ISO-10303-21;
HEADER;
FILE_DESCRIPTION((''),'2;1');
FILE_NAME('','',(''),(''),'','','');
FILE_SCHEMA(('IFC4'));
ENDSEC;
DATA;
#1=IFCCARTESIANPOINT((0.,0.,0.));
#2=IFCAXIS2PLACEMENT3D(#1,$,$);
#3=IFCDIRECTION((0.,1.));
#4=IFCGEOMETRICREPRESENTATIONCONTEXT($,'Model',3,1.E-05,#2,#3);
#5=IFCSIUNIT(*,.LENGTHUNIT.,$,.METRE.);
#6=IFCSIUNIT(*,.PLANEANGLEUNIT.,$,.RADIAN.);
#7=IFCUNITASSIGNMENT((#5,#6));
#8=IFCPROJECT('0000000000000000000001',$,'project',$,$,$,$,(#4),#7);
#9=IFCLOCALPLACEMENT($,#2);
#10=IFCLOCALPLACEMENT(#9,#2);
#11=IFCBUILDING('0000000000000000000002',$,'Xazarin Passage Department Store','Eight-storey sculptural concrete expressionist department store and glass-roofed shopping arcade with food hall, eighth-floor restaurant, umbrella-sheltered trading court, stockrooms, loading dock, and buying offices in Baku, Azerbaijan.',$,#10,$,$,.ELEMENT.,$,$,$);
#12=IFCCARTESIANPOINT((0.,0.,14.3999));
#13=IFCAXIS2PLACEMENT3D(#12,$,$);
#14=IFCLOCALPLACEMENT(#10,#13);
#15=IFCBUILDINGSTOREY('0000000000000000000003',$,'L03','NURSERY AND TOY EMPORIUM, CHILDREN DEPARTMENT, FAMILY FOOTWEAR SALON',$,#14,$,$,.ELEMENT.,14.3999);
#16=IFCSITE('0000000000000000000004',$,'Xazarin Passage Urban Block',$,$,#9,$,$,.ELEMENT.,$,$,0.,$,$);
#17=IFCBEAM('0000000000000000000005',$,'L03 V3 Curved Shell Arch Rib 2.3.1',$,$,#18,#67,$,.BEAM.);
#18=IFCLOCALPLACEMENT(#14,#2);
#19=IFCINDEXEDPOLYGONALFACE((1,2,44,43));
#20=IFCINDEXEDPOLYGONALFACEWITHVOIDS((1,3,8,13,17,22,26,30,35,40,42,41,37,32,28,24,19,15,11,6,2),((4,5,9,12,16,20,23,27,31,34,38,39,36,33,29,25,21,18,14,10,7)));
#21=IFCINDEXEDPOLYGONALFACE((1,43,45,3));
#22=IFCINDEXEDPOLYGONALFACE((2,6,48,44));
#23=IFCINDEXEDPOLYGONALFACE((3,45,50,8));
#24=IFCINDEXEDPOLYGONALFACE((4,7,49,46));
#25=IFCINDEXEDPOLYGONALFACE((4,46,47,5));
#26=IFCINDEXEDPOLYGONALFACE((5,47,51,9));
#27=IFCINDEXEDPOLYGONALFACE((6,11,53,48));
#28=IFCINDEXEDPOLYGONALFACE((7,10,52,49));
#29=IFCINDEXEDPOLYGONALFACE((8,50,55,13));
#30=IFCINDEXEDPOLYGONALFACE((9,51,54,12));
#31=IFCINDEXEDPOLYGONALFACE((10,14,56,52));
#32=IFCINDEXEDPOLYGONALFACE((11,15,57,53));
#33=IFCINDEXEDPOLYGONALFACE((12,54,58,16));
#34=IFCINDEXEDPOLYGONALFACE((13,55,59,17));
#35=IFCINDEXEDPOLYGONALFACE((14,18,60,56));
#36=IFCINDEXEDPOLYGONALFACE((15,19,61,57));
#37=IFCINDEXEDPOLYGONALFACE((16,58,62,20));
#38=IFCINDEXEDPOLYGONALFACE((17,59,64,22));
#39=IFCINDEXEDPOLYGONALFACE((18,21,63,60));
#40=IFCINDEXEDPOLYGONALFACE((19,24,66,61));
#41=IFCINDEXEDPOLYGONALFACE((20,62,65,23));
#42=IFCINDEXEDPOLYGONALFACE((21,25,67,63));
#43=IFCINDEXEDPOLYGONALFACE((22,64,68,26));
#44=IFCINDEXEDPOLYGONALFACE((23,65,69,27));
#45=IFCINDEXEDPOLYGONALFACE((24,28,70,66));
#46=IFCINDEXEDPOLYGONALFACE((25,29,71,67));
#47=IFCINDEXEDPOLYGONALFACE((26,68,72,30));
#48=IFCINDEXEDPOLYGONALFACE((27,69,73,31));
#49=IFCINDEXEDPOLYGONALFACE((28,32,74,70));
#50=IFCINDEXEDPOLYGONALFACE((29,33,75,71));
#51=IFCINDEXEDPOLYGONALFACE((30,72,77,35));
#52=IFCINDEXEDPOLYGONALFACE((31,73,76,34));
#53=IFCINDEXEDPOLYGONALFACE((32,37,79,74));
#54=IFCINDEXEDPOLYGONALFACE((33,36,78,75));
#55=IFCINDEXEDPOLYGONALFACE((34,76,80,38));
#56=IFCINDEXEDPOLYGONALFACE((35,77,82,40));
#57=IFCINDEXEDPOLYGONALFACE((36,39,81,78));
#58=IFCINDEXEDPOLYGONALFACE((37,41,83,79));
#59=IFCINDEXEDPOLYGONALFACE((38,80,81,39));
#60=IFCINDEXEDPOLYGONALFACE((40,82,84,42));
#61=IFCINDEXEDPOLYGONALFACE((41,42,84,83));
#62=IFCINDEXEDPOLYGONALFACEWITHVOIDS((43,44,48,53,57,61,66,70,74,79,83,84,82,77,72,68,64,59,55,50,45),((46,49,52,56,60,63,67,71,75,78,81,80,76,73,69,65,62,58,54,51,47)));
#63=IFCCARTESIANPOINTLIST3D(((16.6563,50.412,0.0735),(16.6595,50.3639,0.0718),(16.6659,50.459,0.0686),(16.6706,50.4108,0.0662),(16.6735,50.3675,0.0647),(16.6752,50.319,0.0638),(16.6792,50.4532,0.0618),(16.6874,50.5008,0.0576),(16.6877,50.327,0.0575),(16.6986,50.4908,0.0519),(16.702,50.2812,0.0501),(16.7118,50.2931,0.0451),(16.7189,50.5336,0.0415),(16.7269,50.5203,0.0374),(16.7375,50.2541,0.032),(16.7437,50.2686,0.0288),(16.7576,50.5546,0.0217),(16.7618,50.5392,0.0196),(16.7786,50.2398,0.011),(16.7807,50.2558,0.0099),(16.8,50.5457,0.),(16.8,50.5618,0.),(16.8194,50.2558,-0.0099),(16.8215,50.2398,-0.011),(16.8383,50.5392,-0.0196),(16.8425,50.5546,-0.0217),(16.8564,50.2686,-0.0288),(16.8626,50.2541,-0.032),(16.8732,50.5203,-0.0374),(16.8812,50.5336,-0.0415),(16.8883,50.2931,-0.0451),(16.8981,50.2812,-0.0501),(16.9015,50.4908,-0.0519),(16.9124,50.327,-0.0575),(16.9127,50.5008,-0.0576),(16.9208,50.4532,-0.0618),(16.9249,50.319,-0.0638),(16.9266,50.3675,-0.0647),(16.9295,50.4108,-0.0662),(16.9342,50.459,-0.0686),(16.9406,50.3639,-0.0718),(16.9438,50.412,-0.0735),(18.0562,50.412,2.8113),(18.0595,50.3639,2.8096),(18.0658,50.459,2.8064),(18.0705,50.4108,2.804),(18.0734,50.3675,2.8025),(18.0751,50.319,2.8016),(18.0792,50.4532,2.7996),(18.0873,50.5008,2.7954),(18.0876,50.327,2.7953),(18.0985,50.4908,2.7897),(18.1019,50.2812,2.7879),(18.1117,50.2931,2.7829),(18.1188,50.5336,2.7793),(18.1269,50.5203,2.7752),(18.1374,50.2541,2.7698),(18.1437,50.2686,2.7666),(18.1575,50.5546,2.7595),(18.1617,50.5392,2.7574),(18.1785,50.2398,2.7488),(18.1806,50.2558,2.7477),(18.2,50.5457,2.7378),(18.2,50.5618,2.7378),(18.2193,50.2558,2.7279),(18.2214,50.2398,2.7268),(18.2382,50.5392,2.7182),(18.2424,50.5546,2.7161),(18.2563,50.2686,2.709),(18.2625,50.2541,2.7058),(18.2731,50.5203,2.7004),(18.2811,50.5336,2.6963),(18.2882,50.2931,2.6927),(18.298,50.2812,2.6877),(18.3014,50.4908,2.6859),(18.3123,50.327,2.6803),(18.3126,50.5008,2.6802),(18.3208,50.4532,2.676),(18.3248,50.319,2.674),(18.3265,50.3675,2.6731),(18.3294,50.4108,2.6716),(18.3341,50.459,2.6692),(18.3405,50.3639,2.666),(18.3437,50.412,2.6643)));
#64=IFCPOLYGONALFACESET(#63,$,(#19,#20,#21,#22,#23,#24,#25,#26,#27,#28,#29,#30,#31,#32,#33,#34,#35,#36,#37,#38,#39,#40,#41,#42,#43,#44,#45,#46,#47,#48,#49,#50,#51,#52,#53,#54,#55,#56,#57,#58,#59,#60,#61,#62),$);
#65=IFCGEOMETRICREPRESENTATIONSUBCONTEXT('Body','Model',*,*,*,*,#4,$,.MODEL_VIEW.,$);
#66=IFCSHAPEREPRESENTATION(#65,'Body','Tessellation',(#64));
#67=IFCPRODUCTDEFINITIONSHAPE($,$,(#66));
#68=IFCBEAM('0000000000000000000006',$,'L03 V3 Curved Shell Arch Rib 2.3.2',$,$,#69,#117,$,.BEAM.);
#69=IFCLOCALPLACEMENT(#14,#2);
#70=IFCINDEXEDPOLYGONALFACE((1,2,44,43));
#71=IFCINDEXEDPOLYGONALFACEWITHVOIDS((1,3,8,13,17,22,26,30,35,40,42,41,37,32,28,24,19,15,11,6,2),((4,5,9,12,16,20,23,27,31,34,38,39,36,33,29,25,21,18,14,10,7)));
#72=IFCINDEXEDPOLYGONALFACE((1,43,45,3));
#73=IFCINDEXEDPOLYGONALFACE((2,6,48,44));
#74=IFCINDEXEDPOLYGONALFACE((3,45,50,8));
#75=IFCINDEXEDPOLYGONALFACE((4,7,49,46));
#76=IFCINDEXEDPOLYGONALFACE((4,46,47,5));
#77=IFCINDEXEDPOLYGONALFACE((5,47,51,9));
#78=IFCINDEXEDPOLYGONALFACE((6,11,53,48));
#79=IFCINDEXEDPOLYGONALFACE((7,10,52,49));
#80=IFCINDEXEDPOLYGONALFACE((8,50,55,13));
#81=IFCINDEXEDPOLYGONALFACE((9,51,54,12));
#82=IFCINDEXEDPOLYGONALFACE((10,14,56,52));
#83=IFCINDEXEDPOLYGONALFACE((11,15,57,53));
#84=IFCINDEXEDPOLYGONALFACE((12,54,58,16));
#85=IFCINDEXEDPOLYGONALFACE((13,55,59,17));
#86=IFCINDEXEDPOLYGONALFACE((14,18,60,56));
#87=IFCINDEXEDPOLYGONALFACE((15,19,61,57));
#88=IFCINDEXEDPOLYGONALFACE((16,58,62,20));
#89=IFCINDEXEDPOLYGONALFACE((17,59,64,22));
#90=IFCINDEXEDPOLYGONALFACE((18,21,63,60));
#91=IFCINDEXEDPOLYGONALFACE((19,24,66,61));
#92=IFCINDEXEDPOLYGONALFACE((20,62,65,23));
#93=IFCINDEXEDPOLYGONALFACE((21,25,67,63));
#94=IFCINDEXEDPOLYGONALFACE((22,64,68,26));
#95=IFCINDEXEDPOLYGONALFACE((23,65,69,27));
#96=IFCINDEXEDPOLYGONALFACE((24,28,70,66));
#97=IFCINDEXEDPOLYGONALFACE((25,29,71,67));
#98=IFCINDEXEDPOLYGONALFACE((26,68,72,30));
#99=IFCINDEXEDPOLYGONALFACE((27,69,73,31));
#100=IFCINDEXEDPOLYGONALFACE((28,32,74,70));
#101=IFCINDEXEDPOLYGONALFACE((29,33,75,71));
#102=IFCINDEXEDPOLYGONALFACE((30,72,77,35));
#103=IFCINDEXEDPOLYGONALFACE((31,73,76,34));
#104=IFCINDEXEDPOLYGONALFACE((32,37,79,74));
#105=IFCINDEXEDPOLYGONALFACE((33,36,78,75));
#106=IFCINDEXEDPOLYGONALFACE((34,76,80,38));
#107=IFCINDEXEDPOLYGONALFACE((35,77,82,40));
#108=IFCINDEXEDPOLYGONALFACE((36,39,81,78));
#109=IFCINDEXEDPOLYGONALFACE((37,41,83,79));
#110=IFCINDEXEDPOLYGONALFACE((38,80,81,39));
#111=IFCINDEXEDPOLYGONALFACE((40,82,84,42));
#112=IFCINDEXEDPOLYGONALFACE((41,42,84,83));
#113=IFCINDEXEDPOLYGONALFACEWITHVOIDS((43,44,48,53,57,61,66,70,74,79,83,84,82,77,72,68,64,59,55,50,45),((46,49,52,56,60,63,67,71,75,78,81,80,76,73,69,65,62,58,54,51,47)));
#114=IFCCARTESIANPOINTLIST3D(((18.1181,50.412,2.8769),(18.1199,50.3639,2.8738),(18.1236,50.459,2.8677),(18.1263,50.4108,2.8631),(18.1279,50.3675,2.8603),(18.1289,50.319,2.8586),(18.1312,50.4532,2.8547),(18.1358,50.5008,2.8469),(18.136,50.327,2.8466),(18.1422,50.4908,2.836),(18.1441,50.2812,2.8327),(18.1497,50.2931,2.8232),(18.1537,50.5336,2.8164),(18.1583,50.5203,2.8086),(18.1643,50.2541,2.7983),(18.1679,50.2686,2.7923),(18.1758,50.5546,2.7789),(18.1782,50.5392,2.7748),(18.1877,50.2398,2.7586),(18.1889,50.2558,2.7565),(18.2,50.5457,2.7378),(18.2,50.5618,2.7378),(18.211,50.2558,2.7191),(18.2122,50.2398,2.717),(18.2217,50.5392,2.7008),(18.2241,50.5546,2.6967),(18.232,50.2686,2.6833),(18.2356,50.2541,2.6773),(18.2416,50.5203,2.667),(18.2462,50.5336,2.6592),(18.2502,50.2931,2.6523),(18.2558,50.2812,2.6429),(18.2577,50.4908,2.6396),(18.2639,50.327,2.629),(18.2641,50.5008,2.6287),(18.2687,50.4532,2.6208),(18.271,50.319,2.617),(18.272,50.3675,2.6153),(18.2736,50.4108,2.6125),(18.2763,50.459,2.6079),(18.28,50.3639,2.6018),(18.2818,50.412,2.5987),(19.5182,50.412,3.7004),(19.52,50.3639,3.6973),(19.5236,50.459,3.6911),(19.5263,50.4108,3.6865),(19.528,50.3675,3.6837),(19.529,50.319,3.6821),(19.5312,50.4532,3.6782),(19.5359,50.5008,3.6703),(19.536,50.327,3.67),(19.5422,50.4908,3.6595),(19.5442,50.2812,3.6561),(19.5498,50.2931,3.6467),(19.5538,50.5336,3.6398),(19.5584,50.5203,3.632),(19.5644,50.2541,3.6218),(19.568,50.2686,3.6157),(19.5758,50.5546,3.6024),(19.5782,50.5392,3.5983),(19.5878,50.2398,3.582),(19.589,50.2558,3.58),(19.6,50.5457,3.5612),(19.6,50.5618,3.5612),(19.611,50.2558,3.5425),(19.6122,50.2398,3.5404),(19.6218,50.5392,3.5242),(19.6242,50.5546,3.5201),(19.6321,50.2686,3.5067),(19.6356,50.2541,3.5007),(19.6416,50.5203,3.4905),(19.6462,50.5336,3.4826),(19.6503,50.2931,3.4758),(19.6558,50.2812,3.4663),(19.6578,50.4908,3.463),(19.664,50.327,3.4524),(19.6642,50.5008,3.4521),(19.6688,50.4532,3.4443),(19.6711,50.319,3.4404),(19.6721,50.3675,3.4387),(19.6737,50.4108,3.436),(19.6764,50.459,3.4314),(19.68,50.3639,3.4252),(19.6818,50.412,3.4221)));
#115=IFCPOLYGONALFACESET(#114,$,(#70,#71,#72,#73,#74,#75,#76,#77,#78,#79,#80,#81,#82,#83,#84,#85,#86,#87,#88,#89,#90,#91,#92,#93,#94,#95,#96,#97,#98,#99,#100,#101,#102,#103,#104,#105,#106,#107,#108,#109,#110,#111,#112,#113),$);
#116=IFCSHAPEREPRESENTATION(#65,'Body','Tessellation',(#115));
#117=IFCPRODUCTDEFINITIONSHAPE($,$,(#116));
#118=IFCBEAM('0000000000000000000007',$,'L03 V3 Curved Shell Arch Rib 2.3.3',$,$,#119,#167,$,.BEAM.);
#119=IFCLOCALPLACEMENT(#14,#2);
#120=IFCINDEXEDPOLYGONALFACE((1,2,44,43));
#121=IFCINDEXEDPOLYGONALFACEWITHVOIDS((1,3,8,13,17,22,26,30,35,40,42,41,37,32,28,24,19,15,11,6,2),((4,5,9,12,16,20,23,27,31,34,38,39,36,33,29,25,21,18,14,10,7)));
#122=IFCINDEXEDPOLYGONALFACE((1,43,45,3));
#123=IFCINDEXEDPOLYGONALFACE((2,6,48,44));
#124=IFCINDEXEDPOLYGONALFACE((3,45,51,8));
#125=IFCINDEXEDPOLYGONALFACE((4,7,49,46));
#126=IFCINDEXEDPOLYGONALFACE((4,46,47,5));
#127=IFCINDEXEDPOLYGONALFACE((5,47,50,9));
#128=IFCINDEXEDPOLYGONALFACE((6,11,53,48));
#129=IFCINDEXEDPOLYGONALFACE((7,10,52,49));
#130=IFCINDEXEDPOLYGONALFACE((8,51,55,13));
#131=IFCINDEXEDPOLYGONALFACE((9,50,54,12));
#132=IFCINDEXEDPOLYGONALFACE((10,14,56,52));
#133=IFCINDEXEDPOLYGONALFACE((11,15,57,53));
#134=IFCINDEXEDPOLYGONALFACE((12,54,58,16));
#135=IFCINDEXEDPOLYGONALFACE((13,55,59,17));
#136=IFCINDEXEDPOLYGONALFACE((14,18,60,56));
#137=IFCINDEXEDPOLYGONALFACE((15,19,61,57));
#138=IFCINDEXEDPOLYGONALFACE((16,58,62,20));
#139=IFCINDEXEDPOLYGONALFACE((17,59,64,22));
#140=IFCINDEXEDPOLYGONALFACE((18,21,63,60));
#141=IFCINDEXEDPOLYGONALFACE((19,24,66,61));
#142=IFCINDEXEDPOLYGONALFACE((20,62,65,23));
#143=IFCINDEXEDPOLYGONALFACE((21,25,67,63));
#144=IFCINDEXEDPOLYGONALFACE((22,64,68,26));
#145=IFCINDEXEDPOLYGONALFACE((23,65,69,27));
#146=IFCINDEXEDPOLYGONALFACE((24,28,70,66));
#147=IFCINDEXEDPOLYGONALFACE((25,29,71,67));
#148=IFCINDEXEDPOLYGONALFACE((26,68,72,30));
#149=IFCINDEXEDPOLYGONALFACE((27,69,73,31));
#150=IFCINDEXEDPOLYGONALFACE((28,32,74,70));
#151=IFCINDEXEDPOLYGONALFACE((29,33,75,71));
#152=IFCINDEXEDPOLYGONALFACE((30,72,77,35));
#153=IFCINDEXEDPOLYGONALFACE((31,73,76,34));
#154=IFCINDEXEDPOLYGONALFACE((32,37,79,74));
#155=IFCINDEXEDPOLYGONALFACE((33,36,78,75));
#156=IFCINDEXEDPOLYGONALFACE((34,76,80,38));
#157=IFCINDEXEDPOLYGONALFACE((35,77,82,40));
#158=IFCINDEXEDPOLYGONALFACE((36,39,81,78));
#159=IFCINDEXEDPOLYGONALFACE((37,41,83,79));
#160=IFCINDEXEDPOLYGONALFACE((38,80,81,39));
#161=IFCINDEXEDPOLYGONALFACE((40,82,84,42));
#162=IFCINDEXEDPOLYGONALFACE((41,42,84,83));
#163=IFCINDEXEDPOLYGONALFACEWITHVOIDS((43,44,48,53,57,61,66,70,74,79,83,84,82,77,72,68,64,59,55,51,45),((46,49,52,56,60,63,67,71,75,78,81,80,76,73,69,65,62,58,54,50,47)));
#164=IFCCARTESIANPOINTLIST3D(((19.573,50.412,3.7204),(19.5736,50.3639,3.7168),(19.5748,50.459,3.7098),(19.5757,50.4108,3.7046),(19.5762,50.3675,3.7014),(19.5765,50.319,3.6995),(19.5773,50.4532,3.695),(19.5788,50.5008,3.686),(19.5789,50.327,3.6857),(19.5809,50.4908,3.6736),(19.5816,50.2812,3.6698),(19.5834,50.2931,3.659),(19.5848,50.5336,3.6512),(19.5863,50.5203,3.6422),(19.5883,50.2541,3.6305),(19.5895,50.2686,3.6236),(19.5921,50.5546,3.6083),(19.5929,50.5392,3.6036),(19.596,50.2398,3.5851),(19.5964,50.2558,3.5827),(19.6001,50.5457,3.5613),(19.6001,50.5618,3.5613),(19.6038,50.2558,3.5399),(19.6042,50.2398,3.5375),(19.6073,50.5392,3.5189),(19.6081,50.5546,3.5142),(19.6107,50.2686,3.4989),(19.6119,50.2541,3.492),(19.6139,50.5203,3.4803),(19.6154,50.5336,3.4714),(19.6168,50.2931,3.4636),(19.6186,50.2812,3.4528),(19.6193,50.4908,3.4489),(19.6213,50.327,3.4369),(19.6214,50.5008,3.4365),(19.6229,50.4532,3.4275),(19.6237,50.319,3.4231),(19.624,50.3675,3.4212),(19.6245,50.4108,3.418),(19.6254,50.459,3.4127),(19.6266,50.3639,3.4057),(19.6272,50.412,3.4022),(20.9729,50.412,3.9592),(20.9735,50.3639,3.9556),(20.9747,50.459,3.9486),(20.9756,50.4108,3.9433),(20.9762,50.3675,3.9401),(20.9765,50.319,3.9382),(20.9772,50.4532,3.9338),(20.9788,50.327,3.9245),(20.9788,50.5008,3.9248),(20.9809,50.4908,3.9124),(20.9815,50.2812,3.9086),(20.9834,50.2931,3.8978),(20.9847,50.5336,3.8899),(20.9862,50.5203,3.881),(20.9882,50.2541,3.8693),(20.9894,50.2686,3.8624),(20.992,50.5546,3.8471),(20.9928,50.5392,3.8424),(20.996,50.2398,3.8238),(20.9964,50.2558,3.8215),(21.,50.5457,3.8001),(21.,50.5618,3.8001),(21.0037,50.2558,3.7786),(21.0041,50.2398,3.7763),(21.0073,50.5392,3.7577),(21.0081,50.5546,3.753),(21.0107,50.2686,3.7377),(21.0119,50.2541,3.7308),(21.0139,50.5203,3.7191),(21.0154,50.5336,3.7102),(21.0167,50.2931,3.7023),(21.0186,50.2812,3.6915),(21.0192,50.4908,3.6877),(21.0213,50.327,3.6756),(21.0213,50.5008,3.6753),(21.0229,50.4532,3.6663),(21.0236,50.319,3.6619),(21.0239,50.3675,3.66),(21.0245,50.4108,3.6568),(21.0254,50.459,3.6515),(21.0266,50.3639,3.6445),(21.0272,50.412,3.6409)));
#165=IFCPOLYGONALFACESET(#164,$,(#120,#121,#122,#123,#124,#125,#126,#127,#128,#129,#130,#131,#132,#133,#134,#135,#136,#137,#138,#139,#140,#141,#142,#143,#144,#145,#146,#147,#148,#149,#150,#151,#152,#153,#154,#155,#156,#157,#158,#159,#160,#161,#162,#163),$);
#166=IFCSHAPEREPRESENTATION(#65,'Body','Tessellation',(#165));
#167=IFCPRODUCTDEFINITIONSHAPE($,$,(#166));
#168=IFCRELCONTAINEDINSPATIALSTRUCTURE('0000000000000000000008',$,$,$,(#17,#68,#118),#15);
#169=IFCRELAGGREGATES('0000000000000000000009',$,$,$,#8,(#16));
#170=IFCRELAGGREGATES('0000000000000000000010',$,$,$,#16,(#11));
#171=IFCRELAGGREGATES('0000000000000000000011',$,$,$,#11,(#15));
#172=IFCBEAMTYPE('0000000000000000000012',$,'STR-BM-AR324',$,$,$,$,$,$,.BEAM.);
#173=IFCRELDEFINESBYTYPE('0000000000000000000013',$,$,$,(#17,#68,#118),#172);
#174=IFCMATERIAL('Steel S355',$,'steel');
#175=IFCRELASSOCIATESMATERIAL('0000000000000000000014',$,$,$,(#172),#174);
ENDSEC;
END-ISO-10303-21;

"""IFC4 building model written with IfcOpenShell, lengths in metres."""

from ifc_helpers import new_model, si_unit, direction, frame, origin, origin_2d, place, context, subcontext, project, spatial, hollow_circle, extrude, material, material_profile, profile_set, type_object, element, save


model = new_model("IFC4")

# Units and contexts
model_context = context("Model", 3, precision=1e-05, world=origin(), true_north=direction((0.0, 1.0)))
body_context = subcontext(model_context, "Body", "Model", "MODEL_VIEW")
ifc_project = project(units=[si_unit("LENGTHUNIT", "METRE"), si_unit("PLANEANGLEUNIT", "RADIAN")], contexts=[model_context])

# Site, building, storey
site_placement = place(None, origin())
site = spatial("IfcSite", under=ifc_project, at=site_placement, Name="Xazarin Passage Urban Block", CompositionType="ELEMENT", RefElevation=0.0)
building_placement = place(site_placement, origin())
building = spatial("IfcBuilding", under=site, at=building_placement, Name="Xazarin Passage Department Store", Description="Eight-storey sculptural concrete expressionist department store and glass-roofed shopping arcade with food hall, eighth-floor restaurant, umbrella-sheltered trading court, stockrooms, loading dock, and buying offices in Baku, Azerbaijan.", CompositionType="ELEMENT")
storey_placement = place(building_placement, frame((0.0, 0.0, 14.3999)))
storey = spatial("IfcBuildingStorey", under=building, at=storey_placement, Name="L03", Description="NURSERY AND TOY EMPORIUM, CHILDREN DEPARTMENT, FAMILY FOOTWEAR SALON", CompositionType="ELEMENT", Elevation=14.3999)

# Beams
ifc_material_1 = material(Name="Steel S355", Category="steel")
ifc_material_profile_1 = material_profile(ifc_material_1, hollow_circle(Radius=0.1619, WallThickness=0.0161, at=origin_2d()), Name="CHS 323.9x16")
ifc_profile_set_1 = profile_set([ifc_material_profile_1], Name="Steel S355")
beam_type_1 = type_object("IfcBeamType", Name="STR-BM-AR324", PredefinedType="BEAM", material=ifc_profile_set_1)
for number, where, z_axis, x_axis, name in (
    (1, (16.8, 50.3999, 0.0), (0.455262, 0.0, 0.890357), (0.0, 1.0, 0.0), "L03 V3 Curved Shell Arch Rib 2.3.1"),
):
    element("IfcBeam", number, at=place(storey_placement, frame(where, z_axis=z_axis, x_axis=x_axis)), inside=storey, type_object=beam_type_1, Name=name, PredefinedType="BEAM", context=body_context, shape_type="SweptSolid", body=[
        extrude(hollow_circle(Radius=0.1619, WallThickness=0.0161, at=origin_2d()), origin(), (0.0, 0.0, 1.0), 3.075),
    ])
beam_1_placement = place(storey_placement, frame((18.2, 50.3999, 2.7378), z_axis=(0.861969, 0.0, 0.506961), x_axis=(0.0, 1.0, 0.0)))
element("IfcBeam", 2, at=beam_1_placement, inside=storey, type_object=beam_type_1, Name="L03 V3 Curved Shell Arch Rib 2.3.2", PredefinedType="BEAM", context=body_context, shape_type="SweptSolid", body=[
    extrude(hollow_circle(Radius=0.1619, WallThickness=0.0161, at=origin_2d()), origin(), (0.0, 0.0, 1.0), 1.6243),
])
for number, where, z_axis, x_axis, name in (
    (3, (19.6001, 50.3999, 3.5613), (0.985764, 0.0, 0.168133), (0.0, 1.0, 0.0), "L03 V3 Curved Shell Arch Rib 2.3.3"),
):
    element("IfcBeam", number, at=place(storey_placement, frame(where, z_axis=z_axis, x_axis=x_axis)), inside=storey, type_object=beam_type_1, Name=name, PredefinedType="BEAM", context=body_context, shape_type="SweptSolid", body=[
        extrude(hollow_circle(Radius=0.1619, WallThickness=0.0161, at=origin_2d()), origin(), (0.0, 0.0, 1.0), 1.4202),
    ])

save(model, "model.ifc")
